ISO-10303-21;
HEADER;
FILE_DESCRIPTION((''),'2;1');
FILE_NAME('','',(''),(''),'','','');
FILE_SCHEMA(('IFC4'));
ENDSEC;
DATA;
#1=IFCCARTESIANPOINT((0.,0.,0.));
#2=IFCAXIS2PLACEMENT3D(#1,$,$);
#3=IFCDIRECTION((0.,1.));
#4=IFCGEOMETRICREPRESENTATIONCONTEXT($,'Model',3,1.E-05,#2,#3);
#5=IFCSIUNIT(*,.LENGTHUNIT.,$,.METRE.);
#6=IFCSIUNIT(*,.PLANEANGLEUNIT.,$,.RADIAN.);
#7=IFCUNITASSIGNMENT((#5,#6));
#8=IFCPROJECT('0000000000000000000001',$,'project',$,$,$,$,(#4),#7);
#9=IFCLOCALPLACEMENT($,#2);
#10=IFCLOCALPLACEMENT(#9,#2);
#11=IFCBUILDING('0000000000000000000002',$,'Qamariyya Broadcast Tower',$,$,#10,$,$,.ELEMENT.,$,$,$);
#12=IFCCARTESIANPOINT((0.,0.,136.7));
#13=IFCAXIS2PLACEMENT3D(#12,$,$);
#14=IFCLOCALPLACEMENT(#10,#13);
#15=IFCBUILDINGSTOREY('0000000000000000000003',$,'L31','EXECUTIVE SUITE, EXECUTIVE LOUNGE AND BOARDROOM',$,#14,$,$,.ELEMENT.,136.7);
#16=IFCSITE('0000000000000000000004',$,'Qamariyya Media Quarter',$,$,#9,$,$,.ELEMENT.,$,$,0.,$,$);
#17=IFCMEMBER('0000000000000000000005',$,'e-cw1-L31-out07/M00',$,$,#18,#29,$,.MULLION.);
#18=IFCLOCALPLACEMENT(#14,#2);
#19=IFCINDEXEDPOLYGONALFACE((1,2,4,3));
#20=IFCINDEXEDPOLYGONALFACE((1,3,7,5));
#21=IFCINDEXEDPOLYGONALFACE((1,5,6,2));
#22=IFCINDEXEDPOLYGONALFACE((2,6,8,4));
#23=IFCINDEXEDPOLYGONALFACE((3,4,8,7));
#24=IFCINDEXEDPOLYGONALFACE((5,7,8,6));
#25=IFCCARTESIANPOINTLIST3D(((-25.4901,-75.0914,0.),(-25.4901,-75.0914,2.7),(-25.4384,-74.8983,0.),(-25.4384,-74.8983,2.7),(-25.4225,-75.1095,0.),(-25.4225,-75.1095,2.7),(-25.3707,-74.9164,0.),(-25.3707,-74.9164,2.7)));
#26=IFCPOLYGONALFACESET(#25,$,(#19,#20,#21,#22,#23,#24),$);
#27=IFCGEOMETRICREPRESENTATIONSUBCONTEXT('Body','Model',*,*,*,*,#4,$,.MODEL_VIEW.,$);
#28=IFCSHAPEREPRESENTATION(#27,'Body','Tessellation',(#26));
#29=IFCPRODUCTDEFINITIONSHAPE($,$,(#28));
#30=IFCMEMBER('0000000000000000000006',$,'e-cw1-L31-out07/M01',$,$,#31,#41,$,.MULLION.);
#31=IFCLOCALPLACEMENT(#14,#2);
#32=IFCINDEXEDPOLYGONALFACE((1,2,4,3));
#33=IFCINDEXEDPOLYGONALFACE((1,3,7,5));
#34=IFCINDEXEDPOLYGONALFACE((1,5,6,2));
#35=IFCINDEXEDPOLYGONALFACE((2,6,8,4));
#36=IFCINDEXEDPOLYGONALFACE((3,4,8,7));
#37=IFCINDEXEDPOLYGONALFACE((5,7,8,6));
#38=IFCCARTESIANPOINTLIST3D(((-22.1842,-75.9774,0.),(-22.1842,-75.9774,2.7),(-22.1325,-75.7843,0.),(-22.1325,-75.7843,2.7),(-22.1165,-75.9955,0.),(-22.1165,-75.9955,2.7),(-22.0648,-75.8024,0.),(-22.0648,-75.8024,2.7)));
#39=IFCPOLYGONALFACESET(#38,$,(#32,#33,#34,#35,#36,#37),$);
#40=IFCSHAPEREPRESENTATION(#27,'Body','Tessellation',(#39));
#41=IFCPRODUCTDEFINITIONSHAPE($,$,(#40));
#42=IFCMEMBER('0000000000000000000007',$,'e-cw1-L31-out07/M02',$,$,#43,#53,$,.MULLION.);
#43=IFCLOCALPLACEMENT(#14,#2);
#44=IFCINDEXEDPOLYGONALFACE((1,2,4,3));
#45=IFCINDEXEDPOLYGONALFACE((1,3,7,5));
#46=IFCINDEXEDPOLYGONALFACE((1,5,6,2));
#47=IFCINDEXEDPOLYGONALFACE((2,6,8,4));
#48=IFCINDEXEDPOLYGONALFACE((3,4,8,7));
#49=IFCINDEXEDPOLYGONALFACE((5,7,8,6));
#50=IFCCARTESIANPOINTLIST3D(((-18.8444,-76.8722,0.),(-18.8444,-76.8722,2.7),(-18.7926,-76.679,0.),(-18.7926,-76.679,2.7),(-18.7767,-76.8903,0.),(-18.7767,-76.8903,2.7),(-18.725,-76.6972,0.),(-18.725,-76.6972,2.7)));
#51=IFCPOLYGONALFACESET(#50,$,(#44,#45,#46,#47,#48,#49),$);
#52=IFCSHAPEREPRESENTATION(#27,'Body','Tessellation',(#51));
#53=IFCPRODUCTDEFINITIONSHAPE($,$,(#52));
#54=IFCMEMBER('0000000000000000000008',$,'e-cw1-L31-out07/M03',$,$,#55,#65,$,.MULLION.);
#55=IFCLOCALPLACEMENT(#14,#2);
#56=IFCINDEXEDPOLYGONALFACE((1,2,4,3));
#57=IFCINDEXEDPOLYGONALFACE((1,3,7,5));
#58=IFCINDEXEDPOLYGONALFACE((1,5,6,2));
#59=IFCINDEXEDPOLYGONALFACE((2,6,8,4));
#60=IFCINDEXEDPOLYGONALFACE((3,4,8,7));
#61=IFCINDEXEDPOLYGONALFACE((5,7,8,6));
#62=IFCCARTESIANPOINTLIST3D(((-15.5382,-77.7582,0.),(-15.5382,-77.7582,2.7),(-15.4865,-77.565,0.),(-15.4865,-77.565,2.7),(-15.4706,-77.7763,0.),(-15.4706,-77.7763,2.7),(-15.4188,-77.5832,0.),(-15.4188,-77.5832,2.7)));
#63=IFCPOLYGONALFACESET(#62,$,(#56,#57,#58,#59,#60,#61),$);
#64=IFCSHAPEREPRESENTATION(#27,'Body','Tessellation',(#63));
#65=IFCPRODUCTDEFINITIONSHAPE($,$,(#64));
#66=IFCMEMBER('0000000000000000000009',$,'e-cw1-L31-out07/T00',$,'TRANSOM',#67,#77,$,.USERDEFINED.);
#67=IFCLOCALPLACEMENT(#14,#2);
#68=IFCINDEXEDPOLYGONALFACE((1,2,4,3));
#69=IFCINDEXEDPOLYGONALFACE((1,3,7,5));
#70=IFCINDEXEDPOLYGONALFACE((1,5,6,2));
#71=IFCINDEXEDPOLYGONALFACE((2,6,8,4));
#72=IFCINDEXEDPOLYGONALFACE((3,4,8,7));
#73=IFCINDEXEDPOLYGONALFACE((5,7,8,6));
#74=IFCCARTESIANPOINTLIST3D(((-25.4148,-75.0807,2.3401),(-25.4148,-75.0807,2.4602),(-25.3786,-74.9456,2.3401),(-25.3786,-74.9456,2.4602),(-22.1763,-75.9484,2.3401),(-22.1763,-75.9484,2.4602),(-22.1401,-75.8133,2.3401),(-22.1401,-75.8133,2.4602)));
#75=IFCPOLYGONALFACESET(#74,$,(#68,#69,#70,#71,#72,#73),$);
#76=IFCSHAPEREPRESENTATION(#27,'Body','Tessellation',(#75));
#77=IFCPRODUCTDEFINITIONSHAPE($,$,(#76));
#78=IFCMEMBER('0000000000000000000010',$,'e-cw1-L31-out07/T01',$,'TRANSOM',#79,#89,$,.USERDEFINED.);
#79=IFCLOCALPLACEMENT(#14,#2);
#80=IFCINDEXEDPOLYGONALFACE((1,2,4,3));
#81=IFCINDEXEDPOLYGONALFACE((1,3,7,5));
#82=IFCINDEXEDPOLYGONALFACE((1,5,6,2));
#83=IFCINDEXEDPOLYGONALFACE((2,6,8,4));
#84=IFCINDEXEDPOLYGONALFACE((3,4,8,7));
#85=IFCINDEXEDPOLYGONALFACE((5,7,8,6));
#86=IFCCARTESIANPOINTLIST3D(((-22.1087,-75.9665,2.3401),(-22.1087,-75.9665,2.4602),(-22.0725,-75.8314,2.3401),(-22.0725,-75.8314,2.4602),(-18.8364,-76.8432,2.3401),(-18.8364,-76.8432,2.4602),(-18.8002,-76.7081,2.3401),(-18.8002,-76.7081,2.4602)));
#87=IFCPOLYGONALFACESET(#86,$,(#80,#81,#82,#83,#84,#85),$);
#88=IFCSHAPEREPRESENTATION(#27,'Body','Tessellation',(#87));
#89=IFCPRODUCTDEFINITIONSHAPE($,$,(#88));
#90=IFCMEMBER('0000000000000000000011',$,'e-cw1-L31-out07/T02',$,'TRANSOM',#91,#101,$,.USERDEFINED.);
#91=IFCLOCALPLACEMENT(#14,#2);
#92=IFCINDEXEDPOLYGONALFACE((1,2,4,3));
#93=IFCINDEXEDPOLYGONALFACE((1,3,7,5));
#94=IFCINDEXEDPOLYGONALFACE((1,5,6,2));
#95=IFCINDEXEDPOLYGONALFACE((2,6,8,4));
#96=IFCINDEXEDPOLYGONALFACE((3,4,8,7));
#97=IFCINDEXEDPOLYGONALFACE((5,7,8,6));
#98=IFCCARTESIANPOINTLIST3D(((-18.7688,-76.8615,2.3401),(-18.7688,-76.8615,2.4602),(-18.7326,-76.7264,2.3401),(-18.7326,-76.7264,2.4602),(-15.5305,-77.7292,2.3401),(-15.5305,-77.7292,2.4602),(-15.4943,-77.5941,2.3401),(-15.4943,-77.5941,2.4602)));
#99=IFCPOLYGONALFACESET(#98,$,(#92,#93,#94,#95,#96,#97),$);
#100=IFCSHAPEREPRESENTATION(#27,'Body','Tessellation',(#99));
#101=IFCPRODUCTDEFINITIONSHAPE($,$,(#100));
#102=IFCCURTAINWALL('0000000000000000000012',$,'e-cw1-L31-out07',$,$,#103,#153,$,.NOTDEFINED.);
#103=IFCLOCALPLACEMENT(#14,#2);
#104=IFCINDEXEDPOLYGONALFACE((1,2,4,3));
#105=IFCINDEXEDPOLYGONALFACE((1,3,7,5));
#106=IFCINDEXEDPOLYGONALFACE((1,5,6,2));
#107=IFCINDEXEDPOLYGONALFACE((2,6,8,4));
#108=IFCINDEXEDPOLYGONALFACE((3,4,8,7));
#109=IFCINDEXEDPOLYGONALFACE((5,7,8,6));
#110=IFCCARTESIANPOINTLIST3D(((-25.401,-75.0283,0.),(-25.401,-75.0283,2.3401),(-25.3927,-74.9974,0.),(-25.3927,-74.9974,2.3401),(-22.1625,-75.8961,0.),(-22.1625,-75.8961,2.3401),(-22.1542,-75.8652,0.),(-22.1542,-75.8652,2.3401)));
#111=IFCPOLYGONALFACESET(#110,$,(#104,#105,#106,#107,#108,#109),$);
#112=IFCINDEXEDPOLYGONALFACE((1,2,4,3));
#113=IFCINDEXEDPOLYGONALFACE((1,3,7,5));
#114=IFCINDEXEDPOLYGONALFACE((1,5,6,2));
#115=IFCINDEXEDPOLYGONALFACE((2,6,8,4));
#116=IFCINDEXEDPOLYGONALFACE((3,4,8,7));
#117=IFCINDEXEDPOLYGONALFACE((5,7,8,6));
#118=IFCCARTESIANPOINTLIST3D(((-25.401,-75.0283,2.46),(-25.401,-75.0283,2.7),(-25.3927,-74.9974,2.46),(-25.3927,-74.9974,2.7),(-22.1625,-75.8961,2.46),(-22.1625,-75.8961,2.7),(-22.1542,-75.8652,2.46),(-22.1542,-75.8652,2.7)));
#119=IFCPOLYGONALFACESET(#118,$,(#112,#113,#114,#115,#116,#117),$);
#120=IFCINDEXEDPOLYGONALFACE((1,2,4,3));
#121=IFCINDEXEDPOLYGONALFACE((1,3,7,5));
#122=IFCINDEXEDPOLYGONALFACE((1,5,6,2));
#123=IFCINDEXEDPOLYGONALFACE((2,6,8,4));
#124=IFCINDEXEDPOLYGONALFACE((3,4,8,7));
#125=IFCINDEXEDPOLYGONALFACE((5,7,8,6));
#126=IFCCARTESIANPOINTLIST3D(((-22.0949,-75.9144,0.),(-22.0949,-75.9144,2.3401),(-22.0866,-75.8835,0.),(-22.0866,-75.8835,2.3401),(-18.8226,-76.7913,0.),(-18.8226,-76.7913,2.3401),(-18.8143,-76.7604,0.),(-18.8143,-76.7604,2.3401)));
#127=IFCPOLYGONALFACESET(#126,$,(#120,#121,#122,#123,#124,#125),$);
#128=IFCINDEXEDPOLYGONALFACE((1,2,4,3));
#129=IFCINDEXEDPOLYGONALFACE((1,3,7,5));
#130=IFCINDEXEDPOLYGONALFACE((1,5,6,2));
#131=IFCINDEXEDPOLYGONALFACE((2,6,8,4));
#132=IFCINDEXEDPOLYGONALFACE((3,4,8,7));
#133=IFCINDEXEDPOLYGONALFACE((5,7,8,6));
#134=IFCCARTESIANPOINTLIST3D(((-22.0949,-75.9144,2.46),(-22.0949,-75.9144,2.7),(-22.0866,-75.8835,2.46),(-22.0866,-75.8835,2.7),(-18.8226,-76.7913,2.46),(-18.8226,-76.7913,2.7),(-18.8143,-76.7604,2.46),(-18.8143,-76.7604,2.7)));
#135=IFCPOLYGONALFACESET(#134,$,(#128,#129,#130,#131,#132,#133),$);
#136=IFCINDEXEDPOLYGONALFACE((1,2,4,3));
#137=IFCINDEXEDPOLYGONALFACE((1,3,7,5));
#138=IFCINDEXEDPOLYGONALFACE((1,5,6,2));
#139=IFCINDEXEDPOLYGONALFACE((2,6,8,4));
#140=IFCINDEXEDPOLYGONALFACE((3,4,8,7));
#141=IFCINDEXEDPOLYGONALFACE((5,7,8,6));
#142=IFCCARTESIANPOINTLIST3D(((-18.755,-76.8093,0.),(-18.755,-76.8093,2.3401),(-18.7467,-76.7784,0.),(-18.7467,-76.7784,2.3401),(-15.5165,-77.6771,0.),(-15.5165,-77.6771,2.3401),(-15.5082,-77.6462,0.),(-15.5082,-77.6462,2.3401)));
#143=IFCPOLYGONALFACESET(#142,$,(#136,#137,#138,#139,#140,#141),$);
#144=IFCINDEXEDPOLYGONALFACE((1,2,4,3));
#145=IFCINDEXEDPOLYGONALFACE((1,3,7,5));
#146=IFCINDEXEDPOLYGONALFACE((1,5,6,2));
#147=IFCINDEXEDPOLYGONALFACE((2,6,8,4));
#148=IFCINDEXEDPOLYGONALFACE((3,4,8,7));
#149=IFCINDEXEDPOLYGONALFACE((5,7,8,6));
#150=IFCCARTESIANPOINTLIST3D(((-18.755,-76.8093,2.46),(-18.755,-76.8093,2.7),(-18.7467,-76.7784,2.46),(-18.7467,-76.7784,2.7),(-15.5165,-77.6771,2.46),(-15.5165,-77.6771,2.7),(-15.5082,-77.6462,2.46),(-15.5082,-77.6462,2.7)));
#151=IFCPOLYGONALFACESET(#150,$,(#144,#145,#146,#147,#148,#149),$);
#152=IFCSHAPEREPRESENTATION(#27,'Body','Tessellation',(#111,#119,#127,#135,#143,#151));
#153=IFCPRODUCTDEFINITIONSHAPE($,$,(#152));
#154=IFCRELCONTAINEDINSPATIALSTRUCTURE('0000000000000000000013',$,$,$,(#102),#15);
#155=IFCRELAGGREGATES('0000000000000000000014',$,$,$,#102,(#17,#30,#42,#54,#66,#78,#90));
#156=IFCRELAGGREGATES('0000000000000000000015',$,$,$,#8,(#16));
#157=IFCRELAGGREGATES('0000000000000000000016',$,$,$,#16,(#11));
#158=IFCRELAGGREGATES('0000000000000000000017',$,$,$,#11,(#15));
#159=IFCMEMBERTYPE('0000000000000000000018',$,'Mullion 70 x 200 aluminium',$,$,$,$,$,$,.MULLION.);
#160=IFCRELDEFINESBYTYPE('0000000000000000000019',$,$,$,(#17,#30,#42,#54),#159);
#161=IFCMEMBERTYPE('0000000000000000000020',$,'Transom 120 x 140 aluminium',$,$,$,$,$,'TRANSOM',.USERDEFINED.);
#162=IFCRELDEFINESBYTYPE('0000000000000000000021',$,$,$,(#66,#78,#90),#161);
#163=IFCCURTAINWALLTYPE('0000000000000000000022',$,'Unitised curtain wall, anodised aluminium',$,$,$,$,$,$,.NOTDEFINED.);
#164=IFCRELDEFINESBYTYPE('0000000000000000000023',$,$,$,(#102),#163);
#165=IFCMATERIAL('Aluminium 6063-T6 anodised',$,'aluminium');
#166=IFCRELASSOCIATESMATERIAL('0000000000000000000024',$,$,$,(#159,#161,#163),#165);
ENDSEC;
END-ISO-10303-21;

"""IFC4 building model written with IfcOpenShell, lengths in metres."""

from ifc_helpers import new_model, si_unit, direction, frame, origin, origin_2d, place, context, subcontext, project, spatial, rectangle, extrude, material, material_profile, profile_set, type_object, element, aggregate, save


model = new_model("IFC4")

# Units and contexts
model_context = context("Model", 3, precision=1e-05, world=origin(), true_north=direction((0.0, 1.0)))
body_context = subcontext(model_context, "Body", "Model", "MODEL_VIEW")
ifc_project = project(units=[si_unit("LENGTHUNIT", "METRE"), si_unit("PLANEANGLEUNIT", "RADIAN")], contexts=[model_context])

# Members
ifc_material = material(Name="Aluminium 6063-T6 anodised", Category="aluminium")
ifc_material_profile_1 = material_profile(ifc_material, rectangle(XDim=0.2, YDim=0.0701, at=origin_2d()))
ifc_profile_set_1 = profile_set([ifc_material_profile_1], Name="Aluminium 6063-T6 anodised")
member_type_1 = type_object("IfcMemberType", Name="Mullion 70 x 200 aluminium", PredefinedType="MULLION", material=ifc_profile_set_1)
site_placement = place(None, origin())
building_placement = place(site_placement, origin())
storey_placement = place(building_placement, frame((0.0, 0.0, 136.7)))
member_1_placement = place(storey_placement, frame((-25.4304, -75.0039, 0.0), z_axis=(0.0, 0.0, 1.0), x_axis=(0.258819, 0.965926, 0.0)))
member_1 = element("IfcMember", 1, at=member_1_placement, type_object=member_type_1, Name="e-cw1-L31-out07/M00", PredefinedType="MULLION", context=body_context, shape_type="SweptSolid", body=[
    extrude(rectangle(XDim=0.2, YDim=0.0701, at=origin_2d()), origin(), (0.0, 0.0, 1.0), 2.7),
])
member_2_placement = place(storey_placement, frame((-22.1245, -75.8899, 0.0), z_axis=(0.0, 0.0, 1.0), x_axis=(0.258819, 0.965926, 0.0)))
member_2 = element("IfcMember", 2, at=member_2_placement, type_object=member_type_1, Name="e-cw1-L31-out07/M01", PredefinedType="MULLION", context=body_context, shape_type="SweptSolid", body=[
    extrude(rectangle(XDim=0.2, YDim=0.0701, at=origin_2d()), origin(), (0.0, 0.0, 1.0), 2.7),
])
member_3_placement = place(storey_placement, frame((-18.7847, -76.7847, 0.0), z_axis=(0.0, 0.0, 1.0), x_axis=(0.258819, 0.965926, 0.0)))
member_3 = element("IfcMember", 3, at=member_3_placement, type_object=member_type_1, Name="e-cw1-L31-out07/M02", PredefinedType="MULLION", context=body_context, shape_type="SweptSolid", body=[
    extrude(rectangle(XDim=0.2, YDim=0.0701, at=origin_2d()), origin(), (0.0, 0.0, 1.0), 2.7),
])
member_4_placement = place(storey_placement, frame((-15.4785, -77.6707, 0.0), z_axis=(0.0, 0.0, 1.0), x_axis=(0.258819, 0.965926, 0.0)))
member_4 = element("IfcMember", 4, at=member_4_placement, type_object=member_type_1, Name="e-cw1-L31-out07/M03", PredefinedType="MULLION", context=body_context, shape_type="SweptSolid", body=[
    extrude(rectangle(XDim=0.2, YDim=0.0701, at=origin_2d()), origin(), (0.0, 0.0, 1.0), 2.7),
])
ifc_material_profile_2 = material_profile(ifc_material, rectangle(XDim=0.1399, YDim=0.1201, at=origin_2d()))
ifc_profile_set_2 = profile_set([ifc_material_profile_2], Name="Aluminium 6063-T6 anodised")
member_type_2 = type_object("IfcMemberType", Name="Transom 120 x 140 aluminium", ElementType="TRANSOM", PredefinedType="USERDEFINED", material=ifc_profile_set_2)
member_5_placement = place(storey_placement, frame((-25.3967, -75.0132, 2.4001), z_axis=(0.965932, -0.258796, 0.0), x_axis=(0.258796, 0.965932, 0.0)))
member_5 = element("IfcMember", 5, at=member_5_placement, type_object=member_type_2, Name="e-cw1-L31-out07/T00", ObjectType="TRANSOM", PredefinedType="USERDEFINED", context=body_context, shape_type="SweptSolid", body=[
    extrude(rectangle(XDim=0.1399, YDim=0.1201, at=origin_2d()), origin(), (0.0, 0.0, 1.0), 3.3528),
])
member_6_placement = place(storey_placement, frame((-22.0906, -75.8989, 2.4001), z_axis=(0.965932, -0.258797, 0.0), x_axis=(0.258797, 0.965932, 0.0)))
member_6 = element("IfcMember", 6, at=member_6_placement, type_object=member_type_2, Name="e-cw1-L31-out07/T01", ObjectType="TRANSOM", PredefinedType="USERDEFINED", context=body_context, shape_type="SweptSolid", body=[
    extrude(rectangle(XDim=0.1399, YDim=0.1201, at=origin_2d()), origin(), (0.0, 0.0, 1.0), 3.3877),
])
member_7_placement = place(storey_placement, frame((-18.7507, -76.7939, 2.4001), z_axis=(0.965927, -0.258814, 0.0), x_axis=(0.258814, 0.965927, 0.0)))
member_7 = element("IfcMember", 7, at=member_7_placement, type_object=member_type_2, Name="e-cw1-L31-out07/T02", ObjectType="TRANSOM", PredefinedType="USERDEFINED", context=body_context, shape_type="SweptSolid", body=[
    extrude(rectangle(XDim=0.1399, YDim=0.1201, at=origin_2d()), origin(), (0.0, 0.0, 1.0), 3.3525),
])

# Site, building, storey
site = spatial("IfcSite", under=ifc_project, at=site_placement, Name="Qamariyya Media Quarter", CompositionType="ELEMENT", RefElevation=0.0)
building = spatial("IfcBuilding", under=site, at=building_placement, Name="Qamariyya Broadcast Tower", CompositionType="ELEMENT")
storey = spatial("IfcBuildingStorey", under=building, at=storey_placement, Name="L31", Description="EXECUTIVE SUITE, EXECUTIVE LOUNGE AND BOARDROOM", CompositionType="ELEMENT", Elevation=136.7)

# Curtain wall
curtain_wall_type = type_object("IfcCurtainWallType", Name="Unitised curtain wall, anodised aluminium", PredefinedType="NOTDEFINED", material=ifc_material)
curtain_wall_1_placement = place(storey_placement, origin())
curtain_wall_1 = element("IfcCurtainWall", 8, at=curtain_wall_1_placement, inside=storey, type_object=curtain_wall_type, Name="e-cw1-L31-out07", PredefinedType="NOTDEFINED", context=body_context, shape_type="SweptSolid", body=[
    extrude(rectangle(XDim=3.3528, YDim=0.032, at=origin_2d()), frame((-23.7776, -75.4468, 0.0), x_axis=(0.965924, -0.258827, 0.0)), (0.0, 0.0, 1.0), 2.3401),
    extrude(rectangle(XDim=3.3528, YDim=0.032, at=origin_2d()), frame((-23.7776, -75.4468, 2.46), x_axis=(0.965924, -0.258827, 0.0)), (0.0, 0.0, 1.0), 0.24),
    extrude(rectangle(XDim=3.3877, YDim=0.032, at=origin_2d()), frame((-20.4546, -76.3374, 0.0), x_axis=(0.965924, -0.258827, 0.0)), (0.0, 0.0, 1.0), 2.3401),
    extrude(rectangle(XDim=3.3877, YDim=0.032, at=origin_2d()), frame((-20.4546, -76.3374, 2.46), x_axis=(0.965924, -0.258827, 0.0)), (0.0, 0.0, 1.0), 0.24),
    extrude(rectangle(XDim=3.3528, YDim=0.032, at=origin_2d()), frame((-17.1316, -77.2278, 0.0), x_axis=(0.965924, -0.258827, 0.0)), (0.0, 0.0, 1.0), 2.3401),
    extrude(rectangle(XDim=3.3528, YDim=0.032, at=origin_2d()), frame((-17.1316, -77.2278, 2.46), x_axis=(0.965924, -0.258827, 0.0)), (0.0, 0.0, 1.0), 0.24),
])
aggregate(curtain_wall_1, [member_1, member_2, member_3, member_4, member_5, member_6, member_7])

save(model, "model.ifc")
